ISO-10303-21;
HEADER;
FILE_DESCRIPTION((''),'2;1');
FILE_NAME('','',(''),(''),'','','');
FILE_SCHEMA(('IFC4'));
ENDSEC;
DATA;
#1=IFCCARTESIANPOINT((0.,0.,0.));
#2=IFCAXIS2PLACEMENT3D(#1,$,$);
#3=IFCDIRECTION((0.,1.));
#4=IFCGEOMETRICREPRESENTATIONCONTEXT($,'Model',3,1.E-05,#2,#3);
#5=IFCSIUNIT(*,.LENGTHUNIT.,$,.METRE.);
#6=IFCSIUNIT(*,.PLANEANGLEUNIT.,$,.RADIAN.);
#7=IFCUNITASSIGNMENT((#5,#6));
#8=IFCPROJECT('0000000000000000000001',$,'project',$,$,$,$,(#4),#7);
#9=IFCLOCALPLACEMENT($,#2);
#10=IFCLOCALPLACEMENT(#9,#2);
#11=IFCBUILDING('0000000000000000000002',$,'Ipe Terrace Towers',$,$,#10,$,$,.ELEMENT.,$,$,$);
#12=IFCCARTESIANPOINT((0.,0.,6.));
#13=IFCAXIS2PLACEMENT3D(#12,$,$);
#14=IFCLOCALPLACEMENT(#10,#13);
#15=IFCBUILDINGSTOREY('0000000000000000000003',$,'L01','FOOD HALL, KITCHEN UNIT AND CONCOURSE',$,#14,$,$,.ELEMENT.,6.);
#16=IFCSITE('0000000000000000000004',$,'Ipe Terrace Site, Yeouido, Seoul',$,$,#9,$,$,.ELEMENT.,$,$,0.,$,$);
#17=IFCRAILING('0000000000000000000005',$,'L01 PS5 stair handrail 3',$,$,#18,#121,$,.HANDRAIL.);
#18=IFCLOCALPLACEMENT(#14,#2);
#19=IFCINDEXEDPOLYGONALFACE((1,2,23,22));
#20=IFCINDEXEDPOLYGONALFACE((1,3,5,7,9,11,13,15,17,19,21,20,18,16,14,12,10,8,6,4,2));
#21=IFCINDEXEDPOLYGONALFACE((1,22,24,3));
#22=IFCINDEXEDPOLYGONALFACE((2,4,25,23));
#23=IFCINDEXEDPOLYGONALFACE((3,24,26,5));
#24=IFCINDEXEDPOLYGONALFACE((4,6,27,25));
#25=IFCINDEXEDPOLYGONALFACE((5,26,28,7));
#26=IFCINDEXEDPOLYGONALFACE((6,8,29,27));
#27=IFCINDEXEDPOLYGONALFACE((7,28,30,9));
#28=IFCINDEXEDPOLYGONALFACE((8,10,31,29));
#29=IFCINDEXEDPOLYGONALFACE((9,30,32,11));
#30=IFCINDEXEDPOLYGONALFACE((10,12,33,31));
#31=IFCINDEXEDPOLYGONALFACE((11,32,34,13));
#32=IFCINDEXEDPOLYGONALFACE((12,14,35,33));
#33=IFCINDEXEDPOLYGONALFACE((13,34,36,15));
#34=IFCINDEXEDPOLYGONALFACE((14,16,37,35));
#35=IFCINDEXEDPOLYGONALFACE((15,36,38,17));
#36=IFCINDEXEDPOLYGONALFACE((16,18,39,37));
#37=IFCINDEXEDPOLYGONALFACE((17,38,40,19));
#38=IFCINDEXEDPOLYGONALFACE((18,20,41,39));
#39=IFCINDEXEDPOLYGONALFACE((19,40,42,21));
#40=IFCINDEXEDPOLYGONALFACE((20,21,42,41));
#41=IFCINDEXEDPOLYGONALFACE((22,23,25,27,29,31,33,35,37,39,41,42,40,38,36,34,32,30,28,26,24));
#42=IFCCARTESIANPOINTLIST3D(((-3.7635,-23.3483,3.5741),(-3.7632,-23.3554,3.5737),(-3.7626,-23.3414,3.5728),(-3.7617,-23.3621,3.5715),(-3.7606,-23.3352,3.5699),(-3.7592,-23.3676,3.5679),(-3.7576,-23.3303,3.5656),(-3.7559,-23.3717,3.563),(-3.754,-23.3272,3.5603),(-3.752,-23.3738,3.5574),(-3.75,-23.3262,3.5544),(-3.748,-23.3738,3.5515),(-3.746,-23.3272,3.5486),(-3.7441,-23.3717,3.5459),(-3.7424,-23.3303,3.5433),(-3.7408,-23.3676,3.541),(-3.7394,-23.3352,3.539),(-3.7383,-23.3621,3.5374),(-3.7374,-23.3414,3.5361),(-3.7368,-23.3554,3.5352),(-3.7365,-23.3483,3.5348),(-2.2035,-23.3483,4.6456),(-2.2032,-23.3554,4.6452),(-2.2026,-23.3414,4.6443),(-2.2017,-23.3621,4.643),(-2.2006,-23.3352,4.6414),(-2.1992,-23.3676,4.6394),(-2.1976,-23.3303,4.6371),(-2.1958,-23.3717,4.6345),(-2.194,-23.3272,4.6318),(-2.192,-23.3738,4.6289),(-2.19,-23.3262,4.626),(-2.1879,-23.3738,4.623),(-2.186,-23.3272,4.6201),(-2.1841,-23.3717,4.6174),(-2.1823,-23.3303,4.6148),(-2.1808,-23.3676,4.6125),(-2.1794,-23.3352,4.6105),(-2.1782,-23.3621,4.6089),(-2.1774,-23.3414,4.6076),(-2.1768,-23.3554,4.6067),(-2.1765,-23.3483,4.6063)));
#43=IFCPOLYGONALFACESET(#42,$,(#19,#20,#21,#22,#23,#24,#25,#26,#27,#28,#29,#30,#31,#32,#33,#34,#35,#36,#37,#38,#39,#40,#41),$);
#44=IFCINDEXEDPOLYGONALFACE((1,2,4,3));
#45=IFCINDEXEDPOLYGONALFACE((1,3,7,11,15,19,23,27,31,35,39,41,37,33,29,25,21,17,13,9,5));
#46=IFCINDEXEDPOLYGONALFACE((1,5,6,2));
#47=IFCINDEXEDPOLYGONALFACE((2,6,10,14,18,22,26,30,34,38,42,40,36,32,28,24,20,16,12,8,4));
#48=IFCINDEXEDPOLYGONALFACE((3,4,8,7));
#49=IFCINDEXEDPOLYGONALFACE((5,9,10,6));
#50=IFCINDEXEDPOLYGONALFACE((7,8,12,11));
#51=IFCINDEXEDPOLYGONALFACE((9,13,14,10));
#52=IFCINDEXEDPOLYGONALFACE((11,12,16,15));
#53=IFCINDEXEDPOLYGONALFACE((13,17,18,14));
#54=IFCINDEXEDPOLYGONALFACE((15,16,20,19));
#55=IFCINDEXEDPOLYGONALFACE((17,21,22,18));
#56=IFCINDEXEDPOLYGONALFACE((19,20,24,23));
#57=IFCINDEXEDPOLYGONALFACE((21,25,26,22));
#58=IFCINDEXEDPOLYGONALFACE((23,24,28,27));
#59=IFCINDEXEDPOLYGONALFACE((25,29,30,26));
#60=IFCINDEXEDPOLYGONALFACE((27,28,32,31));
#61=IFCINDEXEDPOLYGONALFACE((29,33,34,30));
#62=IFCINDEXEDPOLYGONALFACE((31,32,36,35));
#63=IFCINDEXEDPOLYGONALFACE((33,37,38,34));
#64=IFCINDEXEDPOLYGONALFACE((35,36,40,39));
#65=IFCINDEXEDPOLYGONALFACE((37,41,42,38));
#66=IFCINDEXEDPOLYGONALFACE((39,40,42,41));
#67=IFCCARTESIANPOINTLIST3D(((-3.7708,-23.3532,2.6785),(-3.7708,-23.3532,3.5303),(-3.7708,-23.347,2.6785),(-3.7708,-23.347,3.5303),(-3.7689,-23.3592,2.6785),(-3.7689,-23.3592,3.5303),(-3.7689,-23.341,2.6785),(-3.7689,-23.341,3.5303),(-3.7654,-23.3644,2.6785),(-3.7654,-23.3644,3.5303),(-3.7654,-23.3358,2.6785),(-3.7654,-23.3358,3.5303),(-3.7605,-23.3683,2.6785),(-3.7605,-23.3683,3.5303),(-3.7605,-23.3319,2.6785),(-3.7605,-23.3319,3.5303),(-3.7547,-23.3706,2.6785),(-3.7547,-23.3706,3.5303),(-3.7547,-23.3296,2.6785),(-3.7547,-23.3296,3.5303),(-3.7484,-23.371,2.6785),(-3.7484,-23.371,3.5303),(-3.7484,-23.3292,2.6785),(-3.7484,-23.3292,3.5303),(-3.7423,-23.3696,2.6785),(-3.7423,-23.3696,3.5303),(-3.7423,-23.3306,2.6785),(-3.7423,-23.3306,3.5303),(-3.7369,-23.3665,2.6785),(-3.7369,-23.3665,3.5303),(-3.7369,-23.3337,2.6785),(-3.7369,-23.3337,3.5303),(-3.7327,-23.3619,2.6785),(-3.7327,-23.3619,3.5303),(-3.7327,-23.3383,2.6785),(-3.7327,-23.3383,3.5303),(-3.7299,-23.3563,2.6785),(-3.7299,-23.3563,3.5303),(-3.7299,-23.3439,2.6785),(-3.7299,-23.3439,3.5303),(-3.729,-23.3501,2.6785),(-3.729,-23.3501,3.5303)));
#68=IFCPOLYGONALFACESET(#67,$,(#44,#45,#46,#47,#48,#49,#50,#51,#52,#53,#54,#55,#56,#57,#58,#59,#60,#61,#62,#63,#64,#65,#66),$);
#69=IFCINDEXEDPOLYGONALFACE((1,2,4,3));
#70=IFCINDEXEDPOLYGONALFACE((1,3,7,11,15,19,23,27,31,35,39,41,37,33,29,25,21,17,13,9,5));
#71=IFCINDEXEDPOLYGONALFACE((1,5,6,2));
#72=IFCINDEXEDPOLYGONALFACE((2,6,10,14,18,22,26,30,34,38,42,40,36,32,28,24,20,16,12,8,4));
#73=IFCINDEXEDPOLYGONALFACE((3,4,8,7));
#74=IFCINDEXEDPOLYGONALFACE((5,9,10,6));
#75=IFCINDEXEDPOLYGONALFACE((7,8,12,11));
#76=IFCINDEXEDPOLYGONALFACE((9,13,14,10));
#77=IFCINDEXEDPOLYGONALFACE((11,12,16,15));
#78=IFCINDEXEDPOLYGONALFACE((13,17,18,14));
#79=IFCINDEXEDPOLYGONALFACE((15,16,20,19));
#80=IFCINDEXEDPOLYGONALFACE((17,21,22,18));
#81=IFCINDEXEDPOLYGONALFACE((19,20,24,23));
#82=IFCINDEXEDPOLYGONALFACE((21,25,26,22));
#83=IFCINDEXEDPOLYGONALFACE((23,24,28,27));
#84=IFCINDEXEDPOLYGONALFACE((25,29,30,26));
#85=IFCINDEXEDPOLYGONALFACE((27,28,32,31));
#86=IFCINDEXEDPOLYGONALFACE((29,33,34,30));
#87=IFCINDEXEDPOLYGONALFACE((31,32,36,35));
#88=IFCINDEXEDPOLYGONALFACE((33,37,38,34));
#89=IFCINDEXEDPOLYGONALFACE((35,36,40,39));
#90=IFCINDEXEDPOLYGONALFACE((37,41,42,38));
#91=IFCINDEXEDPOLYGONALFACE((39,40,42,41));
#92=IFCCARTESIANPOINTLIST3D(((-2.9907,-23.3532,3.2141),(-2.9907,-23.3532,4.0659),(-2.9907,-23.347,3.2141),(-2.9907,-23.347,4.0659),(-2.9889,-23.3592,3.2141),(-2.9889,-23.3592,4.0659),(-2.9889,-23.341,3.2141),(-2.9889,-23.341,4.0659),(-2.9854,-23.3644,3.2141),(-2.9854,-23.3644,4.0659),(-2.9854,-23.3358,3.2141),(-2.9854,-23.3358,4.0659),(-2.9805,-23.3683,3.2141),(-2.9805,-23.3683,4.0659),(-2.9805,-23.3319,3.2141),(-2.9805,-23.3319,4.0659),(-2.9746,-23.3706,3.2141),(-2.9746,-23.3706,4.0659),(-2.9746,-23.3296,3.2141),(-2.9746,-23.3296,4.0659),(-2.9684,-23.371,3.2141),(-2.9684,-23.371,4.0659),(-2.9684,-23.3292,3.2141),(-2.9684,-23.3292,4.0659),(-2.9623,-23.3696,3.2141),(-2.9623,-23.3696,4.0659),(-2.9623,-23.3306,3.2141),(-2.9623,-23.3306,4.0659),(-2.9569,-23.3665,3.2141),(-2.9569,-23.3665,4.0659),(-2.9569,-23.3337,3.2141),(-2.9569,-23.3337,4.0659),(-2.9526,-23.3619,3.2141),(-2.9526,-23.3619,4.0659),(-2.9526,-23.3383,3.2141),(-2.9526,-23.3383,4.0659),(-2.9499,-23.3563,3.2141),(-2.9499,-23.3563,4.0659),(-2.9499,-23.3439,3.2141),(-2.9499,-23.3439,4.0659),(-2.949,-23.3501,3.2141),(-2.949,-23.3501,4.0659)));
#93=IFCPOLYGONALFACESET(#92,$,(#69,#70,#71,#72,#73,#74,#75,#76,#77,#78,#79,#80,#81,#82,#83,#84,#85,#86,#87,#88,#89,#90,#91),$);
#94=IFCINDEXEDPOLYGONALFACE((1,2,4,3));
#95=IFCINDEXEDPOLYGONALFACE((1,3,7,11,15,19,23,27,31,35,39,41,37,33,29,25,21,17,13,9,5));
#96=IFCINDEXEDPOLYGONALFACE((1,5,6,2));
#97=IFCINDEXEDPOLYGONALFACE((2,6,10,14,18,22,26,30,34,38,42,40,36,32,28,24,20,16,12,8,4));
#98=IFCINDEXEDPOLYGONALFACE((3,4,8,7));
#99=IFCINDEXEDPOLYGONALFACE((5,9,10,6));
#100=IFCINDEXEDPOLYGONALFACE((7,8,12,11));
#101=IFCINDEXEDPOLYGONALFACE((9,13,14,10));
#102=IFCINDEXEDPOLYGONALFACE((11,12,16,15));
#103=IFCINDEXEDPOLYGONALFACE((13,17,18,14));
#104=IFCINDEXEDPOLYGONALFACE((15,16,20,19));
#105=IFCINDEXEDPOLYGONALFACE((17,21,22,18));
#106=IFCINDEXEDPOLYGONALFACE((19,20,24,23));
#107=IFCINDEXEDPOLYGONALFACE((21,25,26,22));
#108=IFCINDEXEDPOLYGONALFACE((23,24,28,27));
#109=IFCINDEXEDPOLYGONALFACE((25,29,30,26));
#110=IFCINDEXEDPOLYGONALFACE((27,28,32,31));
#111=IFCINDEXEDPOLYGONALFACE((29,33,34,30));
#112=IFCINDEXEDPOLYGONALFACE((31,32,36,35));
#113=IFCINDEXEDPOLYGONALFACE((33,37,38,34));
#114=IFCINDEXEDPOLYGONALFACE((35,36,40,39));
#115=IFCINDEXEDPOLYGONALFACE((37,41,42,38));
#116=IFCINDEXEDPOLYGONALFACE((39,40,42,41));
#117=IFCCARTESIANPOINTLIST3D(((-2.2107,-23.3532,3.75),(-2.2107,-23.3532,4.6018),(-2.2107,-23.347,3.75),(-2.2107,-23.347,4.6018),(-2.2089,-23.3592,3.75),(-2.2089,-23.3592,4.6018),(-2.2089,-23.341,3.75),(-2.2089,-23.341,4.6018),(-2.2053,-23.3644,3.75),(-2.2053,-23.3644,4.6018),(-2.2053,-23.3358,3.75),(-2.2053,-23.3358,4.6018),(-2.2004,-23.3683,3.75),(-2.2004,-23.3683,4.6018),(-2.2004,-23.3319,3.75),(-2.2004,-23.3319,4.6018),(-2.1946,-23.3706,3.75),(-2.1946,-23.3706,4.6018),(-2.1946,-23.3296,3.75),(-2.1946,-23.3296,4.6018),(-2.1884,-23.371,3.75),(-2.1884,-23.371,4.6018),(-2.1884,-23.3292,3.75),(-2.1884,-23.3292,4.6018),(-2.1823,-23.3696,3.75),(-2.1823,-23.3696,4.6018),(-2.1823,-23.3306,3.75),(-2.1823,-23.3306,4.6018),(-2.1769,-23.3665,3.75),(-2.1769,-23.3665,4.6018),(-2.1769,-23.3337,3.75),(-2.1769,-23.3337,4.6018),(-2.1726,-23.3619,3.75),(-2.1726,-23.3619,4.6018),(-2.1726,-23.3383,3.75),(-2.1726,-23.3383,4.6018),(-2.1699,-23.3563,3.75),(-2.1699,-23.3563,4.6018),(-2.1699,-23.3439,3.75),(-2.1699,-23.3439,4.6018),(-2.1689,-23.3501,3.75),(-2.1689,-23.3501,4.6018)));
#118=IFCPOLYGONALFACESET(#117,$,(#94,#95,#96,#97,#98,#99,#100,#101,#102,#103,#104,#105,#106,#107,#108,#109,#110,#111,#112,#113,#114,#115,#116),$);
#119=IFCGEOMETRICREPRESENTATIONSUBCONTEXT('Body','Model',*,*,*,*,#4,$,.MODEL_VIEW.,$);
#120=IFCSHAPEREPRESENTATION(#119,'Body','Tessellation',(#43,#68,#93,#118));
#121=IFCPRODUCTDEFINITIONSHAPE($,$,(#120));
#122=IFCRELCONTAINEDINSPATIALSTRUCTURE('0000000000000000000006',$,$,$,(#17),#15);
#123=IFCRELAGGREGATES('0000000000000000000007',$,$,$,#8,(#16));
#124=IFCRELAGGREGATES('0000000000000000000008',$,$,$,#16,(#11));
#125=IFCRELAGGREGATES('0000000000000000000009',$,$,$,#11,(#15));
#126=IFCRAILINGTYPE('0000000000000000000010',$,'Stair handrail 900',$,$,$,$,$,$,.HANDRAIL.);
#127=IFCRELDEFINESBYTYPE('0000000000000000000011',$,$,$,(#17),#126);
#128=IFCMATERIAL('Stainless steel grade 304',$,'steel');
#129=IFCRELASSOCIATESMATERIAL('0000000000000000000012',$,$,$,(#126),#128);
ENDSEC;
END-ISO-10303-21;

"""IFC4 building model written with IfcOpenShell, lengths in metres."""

from ifc_helpers import new_model, si_unit, direction, frame, origin, origin_2d, place, context, subcontext, project, spatial, circle, extrude, material, type_object, element, save


model = new_model("IFC4")

# Units and contexts
model_context = context("Model", 3, precision=1e-05, world=origin(), true_north=direction((0.0, 1.0)))
body_context = subcontext(model_context, "Body", "Model", "MODEL_VIEW")
ifc_project = project(units=[si_unit("LENGTHUNIT", "METRE"), si_unit("PLANEANGLEUNIT", "RADIAN")], contexts=[model_context])

# Site, building, storey
site_placement = place(None, origin())
site = spatial("IfcSite", under=ifc_project, at=site_placement, Name="Ipe Terrace Site, Yeouido, Seoul", CompositionType="ELEMENT", RefElevation=0.0)
building_placement = place(site_placement, origin())
building = spatial("IfcBuilding", under=site, at=building_placement, Name="Ipe Terrace Towers", CompositionType="ELEMENT")
storey_placement = place(building_placement, frame((0.0, 0.0, 6.0)))
storey = spatial("IfcBuildingStorey", under=building, at=storey_placement, Name="L01", Description="FOOD HALL, KITCHEN UNIT AND CONCOURSE", CompositionType="ELEMENT", Elevation=6.0)

# Railing
ifc_material_1 = material(Name="Stainless steel grade 304", Category="steel")
railing_type_1 = type_object("IfcRailingType", Name="Stair handrail 900", PredefinedType="HANDRAIL", material=ifc_material_1)
for number, where, name in (
    (1, (-3.75, -23.3501, 2.6785), "L01 PS5 stair handrail 3"),
):
    element("IfcRailing", number, at=place(storey_placement, frame(where)), inside=storey, type_object=railing_type_1, Name=name, PredefinedType="HANDRAIL", context=body_context, shape_type="SweptSolid", body=[
        extrude(circle(Radius=0.0239, at=origin_2d()), frame((0.0, 0.0, 0.876), z_axis=(0.82429, 0.0, 0.566167), x_axis=(0.0, 1.0, 0.0)), (0.0, 0.0, 1.0), 1.8926),
        extrude(circle(Radius=0.021, at=origin_2d()), origin(), (0.0, 0.0, 1.0), 0.8518),
        extrude(circle(Radius=0.021, at=origin_2d()), frame((0.78, 0.0, 0.5356)), (0.0, 0.0, 1.0), 0.8518),
        extrude(circle(Radius=0.021, at=origin_2d()), frame((1.5601, 0.0, 1.0715)), (0.0, 0.0, 1.0), 0.8518),
    ])

save(model, "model.ifc")
